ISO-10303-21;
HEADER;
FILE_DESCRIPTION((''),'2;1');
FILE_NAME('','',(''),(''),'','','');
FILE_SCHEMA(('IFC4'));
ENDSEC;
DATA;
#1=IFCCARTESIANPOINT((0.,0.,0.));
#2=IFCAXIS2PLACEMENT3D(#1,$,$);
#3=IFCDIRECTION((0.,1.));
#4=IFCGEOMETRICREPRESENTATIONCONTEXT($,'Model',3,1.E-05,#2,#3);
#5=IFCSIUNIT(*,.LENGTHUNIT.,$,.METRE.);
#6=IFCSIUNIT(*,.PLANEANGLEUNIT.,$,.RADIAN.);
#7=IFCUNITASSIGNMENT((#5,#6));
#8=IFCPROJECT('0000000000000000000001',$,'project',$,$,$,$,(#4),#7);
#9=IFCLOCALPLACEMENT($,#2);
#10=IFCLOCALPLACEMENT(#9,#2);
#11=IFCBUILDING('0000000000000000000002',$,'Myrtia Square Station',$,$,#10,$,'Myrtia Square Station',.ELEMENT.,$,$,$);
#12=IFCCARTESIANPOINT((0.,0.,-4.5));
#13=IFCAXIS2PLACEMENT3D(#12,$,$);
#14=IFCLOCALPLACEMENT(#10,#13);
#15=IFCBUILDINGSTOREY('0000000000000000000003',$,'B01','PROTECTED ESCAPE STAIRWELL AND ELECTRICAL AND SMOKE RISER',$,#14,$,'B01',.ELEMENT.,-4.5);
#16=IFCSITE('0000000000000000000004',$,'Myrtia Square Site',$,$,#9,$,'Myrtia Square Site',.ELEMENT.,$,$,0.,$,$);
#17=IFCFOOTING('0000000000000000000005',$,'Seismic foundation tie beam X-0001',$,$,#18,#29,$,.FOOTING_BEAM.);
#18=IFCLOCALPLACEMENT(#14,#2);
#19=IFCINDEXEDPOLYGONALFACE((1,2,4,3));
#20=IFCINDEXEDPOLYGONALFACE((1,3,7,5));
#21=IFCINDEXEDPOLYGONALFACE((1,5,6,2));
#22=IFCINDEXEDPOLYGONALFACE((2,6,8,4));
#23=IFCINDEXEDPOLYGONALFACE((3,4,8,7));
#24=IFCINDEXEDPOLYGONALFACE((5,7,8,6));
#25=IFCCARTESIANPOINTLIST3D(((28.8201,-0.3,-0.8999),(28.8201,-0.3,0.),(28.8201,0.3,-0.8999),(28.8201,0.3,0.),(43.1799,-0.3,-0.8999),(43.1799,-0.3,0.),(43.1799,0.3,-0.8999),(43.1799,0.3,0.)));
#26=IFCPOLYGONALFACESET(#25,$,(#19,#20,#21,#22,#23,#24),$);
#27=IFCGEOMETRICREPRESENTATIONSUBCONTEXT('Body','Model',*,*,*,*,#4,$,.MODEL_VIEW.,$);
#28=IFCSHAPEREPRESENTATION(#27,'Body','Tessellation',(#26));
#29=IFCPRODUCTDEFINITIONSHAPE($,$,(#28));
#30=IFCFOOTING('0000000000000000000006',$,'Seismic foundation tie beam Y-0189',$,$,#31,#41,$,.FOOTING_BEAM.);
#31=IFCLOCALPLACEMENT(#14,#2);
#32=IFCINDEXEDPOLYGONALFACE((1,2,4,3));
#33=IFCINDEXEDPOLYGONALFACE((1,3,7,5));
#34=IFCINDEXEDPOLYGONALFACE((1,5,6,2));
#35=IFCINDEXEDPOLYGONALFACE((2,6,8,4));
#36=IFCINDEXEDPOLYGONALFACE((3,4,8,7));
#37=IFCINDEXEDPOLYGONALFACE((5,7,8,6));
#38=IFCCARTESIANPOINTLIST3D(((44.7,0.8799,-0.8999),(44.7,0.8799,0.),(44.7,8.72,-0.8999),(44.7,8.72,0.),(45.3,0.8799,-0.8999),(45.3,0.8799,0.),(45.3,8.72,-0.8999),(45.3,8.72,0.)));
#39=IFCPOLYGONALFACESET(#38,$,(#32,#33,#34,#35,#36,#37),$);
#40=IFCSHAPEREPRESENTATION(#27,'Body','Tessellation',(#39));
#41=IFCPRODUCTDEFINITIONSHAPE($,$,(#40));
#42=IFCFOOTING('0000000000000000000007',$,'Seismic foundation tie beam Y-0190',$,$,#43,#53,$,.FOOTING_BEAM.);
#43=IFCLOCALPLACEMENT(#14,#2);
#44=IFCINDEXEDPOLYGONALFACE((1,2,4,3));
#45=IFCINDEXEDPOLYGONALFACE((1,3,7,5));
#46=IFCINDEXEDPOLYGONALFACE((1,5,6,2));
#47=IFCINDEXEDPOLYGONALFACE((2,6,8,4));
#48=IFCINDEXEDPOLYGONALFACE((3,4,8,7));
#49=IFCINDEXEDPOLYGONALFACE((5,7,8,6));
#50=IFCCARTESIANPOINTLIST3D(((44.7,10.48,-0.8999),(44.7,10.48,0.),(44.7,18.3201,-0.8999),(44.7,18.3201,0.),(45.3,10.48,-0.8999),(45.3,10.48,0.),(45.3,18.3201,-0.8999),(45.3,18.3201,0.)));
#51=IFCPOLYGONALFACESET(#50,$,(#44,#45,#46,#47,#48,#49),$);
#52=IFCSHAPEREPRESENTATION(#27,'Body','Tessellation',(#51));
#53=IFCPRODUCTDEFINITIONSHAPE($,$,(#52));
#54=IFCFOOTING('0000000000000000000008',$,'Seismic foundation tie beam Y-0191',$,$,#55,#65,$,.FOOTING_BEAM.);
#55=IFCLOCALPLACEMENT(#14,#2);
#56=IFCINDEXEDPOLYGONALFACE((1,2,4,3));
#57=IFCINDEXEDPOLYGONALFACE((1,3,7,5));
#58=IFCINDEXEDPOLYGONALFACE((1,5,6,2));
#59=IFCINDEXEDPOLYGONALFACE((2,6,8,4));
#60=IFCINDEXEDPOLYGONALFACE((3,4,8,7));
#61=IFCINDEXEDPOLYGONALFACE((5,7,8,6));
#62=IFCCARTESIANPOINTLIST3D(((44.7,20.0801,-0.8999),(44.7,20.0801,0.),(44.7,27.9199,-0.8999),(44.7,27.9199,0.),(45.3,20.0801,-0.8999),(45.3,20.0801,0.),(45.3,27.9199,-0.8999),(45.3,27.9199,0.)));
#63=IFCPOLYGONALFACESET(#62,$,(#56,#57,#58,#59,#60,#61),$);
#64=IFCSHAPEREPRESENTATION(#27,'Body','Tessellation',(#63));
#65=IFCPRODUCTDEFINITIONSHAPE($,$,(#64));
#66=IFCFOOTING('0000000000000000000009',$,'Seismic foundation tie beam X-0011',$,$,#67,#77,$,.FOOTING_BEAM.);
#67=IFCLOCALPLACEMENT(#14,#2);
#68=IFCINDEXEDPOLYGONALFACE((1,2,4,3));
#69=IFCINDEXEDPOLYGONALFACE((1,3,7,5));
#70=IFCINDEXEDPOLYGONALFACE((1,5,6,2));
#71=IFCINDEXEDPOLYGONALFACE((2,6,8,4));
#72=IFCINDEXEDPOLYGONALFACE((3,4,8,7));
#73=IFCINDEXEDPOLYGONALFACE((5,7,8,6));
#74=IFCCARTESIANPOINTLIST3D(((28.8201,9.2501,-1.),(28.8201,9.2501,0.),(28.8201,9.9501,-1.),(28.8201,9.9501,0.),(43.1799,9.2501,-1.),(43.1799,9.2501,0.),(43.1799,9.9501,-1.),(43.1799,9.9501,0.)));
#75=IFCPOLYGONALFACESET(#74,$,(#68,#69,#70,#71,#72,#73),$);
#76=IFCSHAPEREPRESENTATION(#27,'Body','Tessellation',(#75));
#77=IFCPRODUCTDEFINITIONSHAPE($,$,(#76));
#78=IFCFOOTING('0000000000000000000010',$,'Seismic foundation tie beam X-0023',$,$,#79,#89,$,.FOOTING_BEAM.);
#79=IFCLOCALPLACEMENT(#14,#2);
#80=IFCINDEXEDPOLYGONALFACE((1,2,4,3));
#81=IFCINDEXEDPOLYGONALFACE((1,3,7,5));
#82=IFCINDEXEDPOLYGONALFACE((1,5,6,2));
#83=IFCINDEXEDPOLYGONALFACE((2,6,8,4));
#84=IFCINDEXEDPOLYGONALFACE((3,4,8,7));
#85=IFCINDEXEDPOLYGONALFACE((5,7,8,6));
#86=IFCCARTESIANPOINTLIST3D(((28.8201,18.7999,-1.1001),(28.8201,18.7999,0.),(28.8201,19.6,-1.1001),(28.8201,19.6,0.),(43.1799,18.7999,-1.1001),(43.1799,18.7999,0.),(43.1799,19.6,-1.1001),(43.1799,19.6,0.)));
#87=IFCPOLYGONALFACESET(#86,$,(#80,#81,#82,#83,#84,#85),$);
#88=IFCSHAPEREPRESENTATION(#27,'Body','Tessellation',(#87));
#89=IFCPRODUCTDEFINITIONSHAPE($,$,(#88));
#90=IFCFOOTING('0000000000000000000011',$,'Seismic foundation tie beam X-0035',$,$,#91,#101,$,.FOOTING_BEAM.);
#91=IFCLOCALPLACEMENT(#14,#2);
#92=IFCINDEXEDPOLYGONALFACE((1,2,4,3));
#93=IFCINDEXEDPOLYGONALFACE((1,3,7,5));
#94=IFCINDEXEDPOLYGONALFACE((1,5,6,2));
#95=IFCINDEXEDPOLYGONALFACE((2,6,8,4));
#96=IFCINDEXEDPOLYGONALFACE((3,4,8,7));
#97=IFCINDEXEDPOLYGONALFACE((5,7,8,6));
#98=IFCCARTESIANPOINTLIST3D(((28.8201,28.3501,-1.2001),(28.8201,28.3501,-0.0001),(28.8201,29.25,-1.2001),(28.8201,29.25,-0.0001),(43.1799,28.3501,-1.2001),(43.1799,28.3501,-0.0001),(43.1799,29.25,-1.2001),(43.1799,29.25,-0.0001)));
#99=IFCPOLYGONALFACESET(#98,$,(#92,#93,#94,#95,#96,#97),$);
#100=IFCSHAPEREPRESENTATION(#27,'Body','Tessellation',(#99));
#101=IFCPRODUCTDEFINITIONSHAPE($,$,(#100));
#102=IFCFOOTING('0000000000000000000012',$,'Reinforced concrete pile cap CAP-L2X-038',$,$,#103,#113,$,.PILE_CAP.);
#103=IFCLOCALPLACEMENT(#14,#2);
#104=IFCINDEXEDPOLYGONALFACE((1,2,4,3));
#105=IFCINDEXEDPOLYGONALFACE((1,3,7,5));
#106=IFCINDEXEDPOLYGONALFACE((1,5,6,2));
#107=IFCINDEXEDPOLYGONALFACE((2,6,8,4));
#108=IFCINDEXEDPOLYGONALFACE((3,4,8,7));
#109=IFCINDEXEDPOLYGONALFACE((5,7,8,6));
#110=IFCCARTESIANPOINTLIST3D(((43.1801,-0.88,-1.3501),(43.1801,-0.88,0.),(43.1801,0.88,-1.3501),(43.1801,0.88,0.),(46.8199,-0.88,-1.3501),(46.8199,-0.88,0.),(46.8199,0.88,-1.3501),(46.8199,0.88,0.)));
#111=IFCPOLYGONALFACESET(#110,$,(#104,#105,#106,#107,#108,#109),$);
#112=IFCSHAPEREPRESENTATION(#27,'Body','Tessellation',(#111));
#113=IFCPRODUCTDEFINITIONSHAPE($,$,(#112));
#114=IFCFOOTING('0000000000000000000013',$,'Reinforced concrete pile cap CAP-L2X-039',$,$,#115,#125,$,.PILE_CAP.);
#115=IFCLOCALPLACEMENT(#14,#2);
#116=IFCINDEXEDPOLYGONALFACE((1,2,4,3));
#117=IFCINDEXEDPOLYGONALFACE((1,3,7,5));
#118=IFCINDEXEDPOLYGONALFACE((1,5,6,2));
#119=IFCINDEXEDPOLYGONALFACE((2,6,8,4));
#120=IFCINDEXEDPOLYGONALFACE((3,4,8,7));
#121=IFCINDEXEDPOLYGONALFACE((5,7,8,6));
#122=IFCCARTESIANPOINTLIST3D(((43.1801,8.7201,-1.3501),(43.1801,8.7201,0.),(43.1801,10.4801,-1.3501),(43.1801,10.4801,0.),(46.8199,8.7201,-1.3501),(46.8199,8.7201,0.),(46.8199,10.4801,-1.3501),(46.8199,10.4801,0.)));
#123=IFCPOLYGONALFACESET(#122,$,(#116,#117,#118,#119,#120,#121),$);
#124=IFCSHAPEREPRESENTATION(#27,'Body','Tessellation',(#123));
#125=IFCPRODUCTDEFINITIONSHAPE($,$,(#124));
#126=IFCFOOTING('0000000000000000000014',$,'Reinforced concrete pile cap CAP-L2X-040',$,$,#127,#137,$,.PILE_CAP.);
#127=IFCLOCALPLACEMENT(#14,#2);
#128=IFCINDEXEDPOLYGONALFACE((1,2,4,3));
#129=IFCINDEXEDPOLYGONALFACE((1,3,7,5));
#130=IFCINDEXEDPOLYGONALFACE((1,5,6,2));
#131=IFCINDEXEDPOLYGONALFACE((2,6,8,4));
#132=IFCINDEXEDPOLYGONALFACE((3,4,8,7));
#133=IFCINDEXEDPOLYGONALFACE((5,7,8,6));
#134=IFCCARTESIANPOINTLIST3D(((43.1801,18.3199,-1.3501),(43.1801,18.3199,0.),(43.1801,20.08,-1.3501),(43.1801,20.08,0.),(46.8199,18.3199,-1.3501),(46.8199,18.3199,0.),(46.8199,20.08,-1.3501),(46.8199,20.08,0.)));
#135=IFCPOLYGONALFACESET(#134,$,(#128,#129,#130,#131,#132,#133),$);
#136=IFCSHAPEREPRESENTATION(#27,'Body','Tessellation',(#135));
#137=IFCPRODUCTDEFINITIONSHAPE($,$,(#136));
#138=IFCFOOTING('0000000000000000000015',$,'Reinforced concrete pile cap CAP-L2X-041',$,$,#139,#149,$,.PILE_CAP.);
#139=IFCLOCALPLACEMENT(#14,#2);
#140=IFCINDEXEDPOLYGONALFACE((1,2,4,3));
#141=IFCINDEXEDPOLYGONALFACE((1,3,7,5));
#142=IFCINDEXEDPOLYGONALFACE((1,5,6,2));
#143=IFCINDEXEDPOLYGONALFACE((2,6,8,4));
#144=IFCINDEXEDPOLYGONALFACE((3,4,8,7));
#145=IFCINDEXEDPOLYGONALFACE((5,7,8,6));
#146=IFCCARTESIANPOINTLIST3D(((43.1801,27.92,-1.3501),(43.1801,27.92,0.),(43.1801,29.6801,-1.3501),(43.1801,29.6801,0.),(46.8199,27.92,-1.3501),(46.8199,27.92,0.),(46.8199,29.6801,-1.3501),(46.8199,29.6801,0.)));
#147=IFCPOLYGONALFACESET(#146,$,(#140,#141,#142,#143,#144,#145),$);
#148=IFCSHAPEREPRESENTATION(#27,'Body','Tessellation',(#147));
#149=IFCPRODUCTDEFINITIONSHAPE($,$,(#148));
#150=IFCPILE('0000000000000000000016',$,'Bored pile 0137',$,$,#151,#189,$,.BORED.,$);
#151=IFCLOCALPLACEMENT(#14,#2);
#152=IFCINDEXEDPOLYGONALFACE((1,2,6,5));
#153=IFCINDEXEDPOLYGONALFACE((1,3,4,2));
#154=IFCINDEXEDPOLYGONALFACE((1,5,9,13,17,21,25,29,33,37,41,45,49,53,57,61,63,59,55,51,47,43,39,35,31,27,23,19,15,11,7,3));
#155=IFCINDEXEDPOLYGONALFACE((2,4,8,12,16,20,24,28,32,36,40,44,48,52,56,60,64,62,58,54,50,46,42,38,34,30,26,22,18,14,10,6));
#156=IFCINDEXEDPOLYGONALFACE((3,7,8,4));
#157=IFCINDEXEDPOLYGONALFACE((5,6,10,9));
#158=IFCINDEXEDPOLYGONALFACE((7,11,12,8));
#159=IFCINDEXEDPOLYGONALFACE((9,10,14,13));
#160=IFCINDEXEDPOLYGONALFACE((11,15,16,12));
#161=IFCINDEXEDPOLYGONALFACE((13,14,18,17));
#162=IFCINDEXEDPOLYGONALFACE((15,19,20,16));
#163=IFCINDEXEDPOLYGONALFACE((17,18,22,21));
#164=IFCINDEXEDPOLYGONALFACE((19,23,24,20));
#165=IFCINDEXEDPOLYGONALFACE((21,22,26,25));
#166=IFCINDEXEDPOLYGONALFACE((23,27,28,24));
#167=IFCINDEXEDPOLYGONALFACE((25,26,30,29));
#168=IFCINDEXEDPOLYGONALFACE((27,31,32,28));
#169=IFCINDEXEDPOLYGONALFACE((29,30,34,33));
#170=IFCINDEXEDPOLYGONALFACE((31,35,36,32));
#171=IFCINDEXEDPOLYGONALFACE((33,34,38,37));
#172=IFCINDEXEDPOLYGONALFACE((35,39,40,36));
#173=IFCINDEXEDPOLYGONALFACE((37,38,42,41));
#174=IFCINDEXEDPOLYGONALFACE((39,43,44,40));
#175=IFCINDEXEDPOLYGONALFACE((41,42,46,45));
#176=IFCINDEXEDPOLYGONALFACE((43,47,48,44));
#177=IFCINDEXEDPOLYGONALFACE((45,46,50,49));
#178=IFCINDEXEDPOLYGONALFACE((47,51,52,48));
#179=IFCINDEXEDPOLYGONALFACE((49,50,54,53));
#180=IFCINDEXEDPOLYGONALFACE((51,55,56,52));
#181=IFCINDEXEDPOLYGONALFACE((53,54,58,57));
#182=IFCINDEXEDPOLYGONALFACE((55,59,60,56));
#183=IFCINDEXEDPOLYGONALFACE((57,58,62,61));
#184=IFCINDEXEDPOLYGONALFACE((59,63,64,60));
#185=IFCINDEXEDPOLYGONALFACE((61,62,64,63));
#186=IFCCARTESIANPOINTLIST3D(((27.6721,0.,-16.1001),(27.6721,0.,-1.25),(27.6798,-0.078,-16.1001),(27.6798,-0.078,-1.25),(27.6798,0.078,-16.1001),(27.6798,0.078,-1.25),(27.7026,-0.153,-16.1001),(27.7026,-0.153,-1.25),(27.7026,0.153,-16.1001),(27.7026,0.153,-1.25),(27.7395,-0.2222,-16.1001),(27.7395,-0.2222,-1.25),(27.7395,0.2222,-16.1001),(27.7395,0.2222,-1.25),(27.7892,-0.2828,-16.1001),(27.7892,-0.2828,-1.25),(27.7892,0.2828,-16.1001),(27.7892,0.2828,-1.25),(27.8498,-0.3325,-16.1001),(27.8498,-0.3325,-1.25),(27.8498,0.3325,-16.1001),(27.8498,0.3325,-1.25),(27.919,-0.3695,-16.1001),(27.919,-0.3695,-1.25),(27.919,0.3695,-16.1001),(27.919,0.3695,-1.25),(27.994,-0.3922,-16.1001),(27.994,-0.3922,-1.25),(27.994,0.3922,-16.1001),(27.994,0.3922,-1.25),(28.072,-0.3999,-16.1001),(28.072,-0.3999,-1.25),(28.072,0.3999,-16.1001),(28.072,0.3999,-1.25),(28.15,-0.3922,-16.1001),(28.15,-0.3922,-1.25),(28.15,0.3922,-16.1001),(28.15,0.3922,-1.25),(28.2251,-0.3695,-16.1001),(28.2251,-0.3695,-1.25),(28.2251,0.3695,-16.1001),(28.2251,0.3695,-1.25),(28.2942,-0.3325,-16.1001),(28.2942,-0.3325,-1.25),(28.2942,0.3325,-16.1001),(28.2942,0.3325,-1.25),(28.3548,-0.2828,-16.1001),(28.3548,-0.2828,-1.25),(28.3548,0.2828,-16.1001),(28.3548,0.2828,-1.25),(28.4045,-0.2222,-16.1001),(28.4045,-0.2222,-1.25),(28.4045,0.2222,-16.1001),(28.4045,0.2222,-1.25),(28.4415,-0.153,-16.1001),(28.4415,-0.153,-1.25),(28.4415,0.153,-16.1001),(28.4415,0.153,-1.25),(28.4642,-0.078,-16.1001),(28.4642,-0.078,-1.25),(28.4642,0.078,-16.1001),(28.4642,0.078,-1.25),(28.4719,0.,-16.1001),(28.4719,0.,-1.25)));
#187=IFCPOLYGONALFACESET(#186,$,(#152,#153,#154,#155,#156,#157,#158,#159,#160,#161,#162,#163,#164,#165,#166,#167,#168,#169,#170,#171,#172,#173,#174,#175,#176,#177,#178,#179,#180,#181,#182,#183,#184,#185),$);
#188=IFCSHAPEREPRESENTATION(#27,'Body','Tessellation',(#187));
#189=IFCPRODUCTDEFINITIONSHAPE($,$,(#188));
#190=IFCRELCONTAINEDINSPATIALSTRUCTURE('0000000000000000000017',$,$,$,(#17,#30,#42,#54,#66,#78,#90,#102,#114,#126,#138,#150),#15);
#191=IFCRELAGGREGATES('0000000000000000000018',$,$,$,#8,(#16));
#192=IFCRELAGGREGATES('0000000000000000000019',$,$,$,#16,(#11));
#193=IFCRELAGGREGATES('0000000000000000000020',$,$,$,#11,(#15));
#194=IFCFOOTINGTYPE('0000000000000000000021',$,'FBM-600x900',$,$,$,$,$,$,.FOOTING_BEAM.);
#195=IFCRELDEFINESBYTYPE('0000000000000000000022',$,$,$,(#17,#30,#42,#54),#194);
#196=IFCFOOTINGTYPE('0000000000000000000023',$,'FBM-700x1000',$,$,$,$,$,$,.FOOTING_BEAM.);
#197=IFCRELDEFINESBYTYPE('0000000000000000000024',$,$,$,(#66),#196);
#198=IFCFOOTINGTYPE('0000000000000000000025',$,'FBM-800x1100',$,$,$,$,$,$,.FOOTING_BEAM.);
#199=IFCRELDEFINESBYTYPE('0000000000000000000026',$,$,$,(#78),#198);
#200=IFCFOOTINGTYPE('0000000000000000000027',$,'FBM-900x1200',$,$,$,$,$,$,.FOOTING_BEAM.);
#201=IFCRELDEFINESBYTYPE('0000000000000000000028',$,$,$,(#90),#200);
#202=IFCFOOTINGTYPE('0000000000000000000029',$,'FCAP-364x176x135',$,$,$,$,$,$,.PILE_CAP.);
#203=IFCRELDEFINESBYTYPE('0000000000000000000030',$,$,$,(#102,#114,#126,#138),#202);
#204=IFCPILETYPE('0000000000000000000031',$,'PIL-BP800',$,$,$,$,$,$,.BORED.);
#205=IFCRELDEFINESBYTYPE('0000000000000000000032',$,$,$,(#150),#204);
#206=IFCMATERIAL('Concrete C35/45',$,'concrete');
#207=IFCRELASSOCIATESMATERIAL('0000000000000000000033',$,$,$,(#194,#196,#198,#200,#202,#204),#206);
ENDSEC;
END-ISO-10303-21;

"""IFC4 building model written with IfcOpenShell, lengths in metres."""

from ifc_helpers import new_model, si_unit, direction, frame, origin, origin_2d, place, context, subcontext, project, spatial, rectangle, circle, extrude, material, material_profile, profile_set, type_object, element, save


model = new_model("IFC4")

# Units and contexts
model_context = context("Model", 3, precision=1e-05, world=origin(), true_north=direction((0.0, 1.0)))
body_context = subcontext(model_context, "Body", "Model", "MODEL_VIEW")
ifc_project = project(units=[si_unit("LENGTHUNIT", "METRE"), si_unit("PLANEANGLEUNIT", "RADIAN")], contexts=[model_context])

# Site, building, storey
site_placement = place(None, origin())
site = spatial("IfcSite", under=ifc_project, at=site_placement, Name="Myrtia Square Site", LongName="Myrtia Square Site", CompositionType="ELEMENT", RefElevation=0.0)
building_placement = place(site_placement, origin())
building = spatial("IfcBuilding", under=site, at=building_placement, Name="Myrtia Square Station", LongName="Myrtia Square Station", CompositionType="ELEMENT")
storey_placement = place(building_placement, frame((0.0, 0.0, -4.5)))
storey = spatial("IfcBuildingStorey", under=building, at=storey_placement, Name="B01", Description="PROTECTED ESCAPE STAIRWELL AND ELECTRICAL AND SMOKE RISER", LongName="B01", CompositionType="ELEMENT", Elevation=-4.5)

# Footings
ifc_material_1 = material(Name="Concrete C35/45", Category="concrete")
ifc_material_profile_1 = material_profile(ifc_material_1, rectangle(XDim=0.6001, YDim=0.8999, at=origin_2d()), Name="FB 600x900")
ifc_profile_set_1 = profile_set([ifc_material_profile_1], Name="Concrete C35/45")
footing_type_1 = type_object("IfcFootingType", Name="FBM-600x900", PredefinedType="FOOTING_BEAM", material=ifc_profile_set_1)
footing_1_placement = place(storey_placement, frame((28.8201, 0.0, -0.45), z_axis=(1.0, 0.0, 0.0), x_axis=(0.0, 1.0, 0.0)))
element("IfcFooting", 1, at=footing_1_placement, inside=storey, type_object=footing_type_1, Name="Seismic foundation tie beam X-0001", PredefinedType="FOOTING_BEAM", context=body_context, shape_type="SweptSolid", body=[
    extrude(rectangle(XDim=0.6001, YDim=0.8999, at=origin_2d()), origin(), (0.0, 0.0, 1.0), 14.3599),
])
for number, where, z_axis, x_axis, name in (
    (2, (45.0, 0.8799, -0.45), (0.0, 1.0, 0.0), (-1.0, 0.0, 0.0), "Seismic foundation tie beam Y-0189"),
    (3, (45.0, 10.48, -0.45), (0.0, 1.0, 0.0), (-1.0, 0.0, 0.0), "Seismic foundation tie beam Y-0190"),
):
    element("IfcFooting", number, at=place(storey_placement, frame(where, z_axis=z_axis, x_axis=x_axis)), inside=storey, type_object=footing_type_1, Name=name, PredefinedType="FOOTING_BEAM", context=body_context, shape_type="SweptSolid", body=[
        extrude(rectangle(XDim=0.6001, YDim=0.8999, at=origin_2d()), origin(), (0.0, 0.0, 1.0), 7.8401),
    ])
footing_2_placement = place(storey_placement, frame((45.0, 20.0801, -0.45), z_axis=(0.0, 1.0, 0.0), x_axis=(-1.0, 0.0, 0.0)))
element("IfcFooting", 4, at=footing_2_placement, inside=storey, type_object=footing_type_1, Name="Seismic foundation tie beam Y-0191", PredefinedType="FOOTING_BEAM", context=body_context, shape_type="SweptSolid", body=[
    extrude(rectangle(XDim=0.6001, YDim=0.8999, at=origin_2d()), origin(), (0.0, 0.0, 1.0), 7.8398),
])
ifc_material_profile_2 = material_profile(ifc_material_1, rectangle(XDim=0.7, YDim=1.0, at=origin_2d()), Name="FB 700x1000")
ifc_profile_set_2 = profile_set([ifc_material_profile_2], Name="Concrete C35/45")
footing_type_2 = type_object("IfcFootingType", Name="FBM-700x1000", PredefinedType="FOOTING_BEAM", material=ifc_profile_set_2)
footing_3_placement = place(storey_placement, frame((28.8201, 9.6001, -0.5), z_axis=(1.0, 0.0, 0.0), x_axis=(0.0, 1.0, 0.0)))
element("IfcFooting", 5, at=footing_3_placement, inside=storey, type_object=footing_type_2, Name="Seismic foundation tie beam X-0011", PredefinedType="FOOTING_BEAM", context=body_context, shape_type="SweptSolid", body=[
    extrude(rectangle(XDim=0.7, YDim=1.0, at=origin_2d()), origin(), (0.0, 0.0, 1.0), 14.3599),
])
ifc_material_profile_3 = material_profile(ifc_material_1, rectangle(XDim=0.8, YDim=1.1001, at=origin_2d()), Name="FB 800x1100")
ifc_profile_set_3 = profile_set([ifc_material_profile_3], Name="Concrete C35/45")
footing_type_3 = type_object("IfcFootingType", Name="FBM-800x1100", PredefinedType="FOOTING_BEAM", material=ifc_profile_set_3)
footing_4_placement = place(storey_placement, frame((28.8201, 19.2, -0.55), z_axis=(1.0, 0.0, 0.0), x_axis=(0.0, 1.0, 0.0)))
element("IfcFooting", 6, at=footing_4_placement, inside=storey, type_object=footing_type_3, Name="Seismic foundation tie beam X-0023", PredefinedType="FOOTING_BEAM", context=body_context, shape_type="SweptSolid", body=[
    extrude(rectangle(XDim=0.8, YDim=1.1001, at=origin_2d()), origin(), (0.0, 0.0, 1.0), 14.3599),
])
ifc_material_profile_4 = material_profile(ifc_material_1, rectangle(XDim=0.8999, YDim=1.2, at=origin_2d()), Name="FB 900x1200")
ifc_profile_set_4 = profile_set([ifc_material_profile_4], Name="Concrete C35/45")
footing_type_4 = type_object("IfcFootingType", Name="FBM-900x1200", PredefinedType="FOOTING_BEAM", material=ifc_profile_set_4)
footing_5_placement = place(storey_placement, frame((28.8201, 28.8, -0.6001), z_axis=(1.0, 0.0, 0.0), x_axis=(0.0, 1.0, 0.0)))
element("IfcFooting", 7, at=footing_5_placement, inside=storey, type_object=footing_type_4, Name="Seismic foundation tie beam X-0035", PredefinedType="FOOTING_BEAM", context=body_context, shape_type="SweptSolid", body=[
    extrude(rectangle(XDim=0.8999, YDim=1.2, at=origin_2d()), origin(), (0.0, 0.0, 1.0), 14.3599),
])
footing_type_5 = type_object("IfcFootingType", Name="FCAP-364x176x135", PredefinedType="PILE_CAP", material=ifc_material_1)
for number, where, z_axis, x_axis, name in (
    (8, (45.0, 0.0, -1.3501), (0.0, 0.0, 1.0), (1.0, 0.0, 0.0), "Reinforced concrete pile cap CAP-L2X-038"),
    (9, (45.0, 9.6001, -1.3501), (0.0, 0.0, 1.0), (1.0, 0.0, 0.0), "Reinforced concrete pile cap CAP-L2X-039"),
    (10, (45.0, 19.2, -1.3501), (0.0, 0.0, 1.0), (1.0, 0.0, 0.0), "Reinforced concrete pile cap CAP-L2X-040"),
    (11, (45.0, 28.8, -1.3501), (0.0, 0.0, 1.0), (1.0, 0.0, 0.0), "Reinforced concrete pile cap CAP-L2X-041"),
):
    element("IfcFooting", number, at=place(storey_placement, frame(where, z_axis=z_axis, x_axis=x_axis)), inside=storey, type_object=footing_type_5, Name=name, PredefinedType="PILE_CAP", context=body_context, shape_type="SweptSolid", body=[
        extrude(rectangle(XDim=3.6399, YDim=1.76, at=origin_2d()), origin(), (0.0, 0.0, 1.0), 1.3501),
    ])

# Pile
ifc_material_profile_5 = material_profile(ifc_material_1, circle(Radius=0.3999, at=origin_2d()), Name="BP D800")
ifc_profile_set_5 = profile_set([ifc_material_profile_5], Name="Concrete C35/45")
pile_type = type_object("IfcPileType", Name="PIL-BP800", PredefinedType="BORED", material=ifc_profile_set_5)
for number, where, z_axis, x_axis, name in (
    (12, (28.072, 0.0, -1.25), (0.0, 0.0, -1.0), (1.0, 0.0, 0.0), "Bored pile 0137"),
):
    element("IfcPile", number, at=place(storey_placement, frame(where, z_axis=z_axis, x_axis=x_axis)), inside=storey, type_object=pile_type, Name=name, PredefinedType="BORED", context=body_context, shape_type="SweptSolid", body=[
        extrude(circle(Radius=0.3999, at=origin_2d()), origin(), (0.0, 0.0, 1.0), 14.8501),
    ])

save(model, "model.ifc")
